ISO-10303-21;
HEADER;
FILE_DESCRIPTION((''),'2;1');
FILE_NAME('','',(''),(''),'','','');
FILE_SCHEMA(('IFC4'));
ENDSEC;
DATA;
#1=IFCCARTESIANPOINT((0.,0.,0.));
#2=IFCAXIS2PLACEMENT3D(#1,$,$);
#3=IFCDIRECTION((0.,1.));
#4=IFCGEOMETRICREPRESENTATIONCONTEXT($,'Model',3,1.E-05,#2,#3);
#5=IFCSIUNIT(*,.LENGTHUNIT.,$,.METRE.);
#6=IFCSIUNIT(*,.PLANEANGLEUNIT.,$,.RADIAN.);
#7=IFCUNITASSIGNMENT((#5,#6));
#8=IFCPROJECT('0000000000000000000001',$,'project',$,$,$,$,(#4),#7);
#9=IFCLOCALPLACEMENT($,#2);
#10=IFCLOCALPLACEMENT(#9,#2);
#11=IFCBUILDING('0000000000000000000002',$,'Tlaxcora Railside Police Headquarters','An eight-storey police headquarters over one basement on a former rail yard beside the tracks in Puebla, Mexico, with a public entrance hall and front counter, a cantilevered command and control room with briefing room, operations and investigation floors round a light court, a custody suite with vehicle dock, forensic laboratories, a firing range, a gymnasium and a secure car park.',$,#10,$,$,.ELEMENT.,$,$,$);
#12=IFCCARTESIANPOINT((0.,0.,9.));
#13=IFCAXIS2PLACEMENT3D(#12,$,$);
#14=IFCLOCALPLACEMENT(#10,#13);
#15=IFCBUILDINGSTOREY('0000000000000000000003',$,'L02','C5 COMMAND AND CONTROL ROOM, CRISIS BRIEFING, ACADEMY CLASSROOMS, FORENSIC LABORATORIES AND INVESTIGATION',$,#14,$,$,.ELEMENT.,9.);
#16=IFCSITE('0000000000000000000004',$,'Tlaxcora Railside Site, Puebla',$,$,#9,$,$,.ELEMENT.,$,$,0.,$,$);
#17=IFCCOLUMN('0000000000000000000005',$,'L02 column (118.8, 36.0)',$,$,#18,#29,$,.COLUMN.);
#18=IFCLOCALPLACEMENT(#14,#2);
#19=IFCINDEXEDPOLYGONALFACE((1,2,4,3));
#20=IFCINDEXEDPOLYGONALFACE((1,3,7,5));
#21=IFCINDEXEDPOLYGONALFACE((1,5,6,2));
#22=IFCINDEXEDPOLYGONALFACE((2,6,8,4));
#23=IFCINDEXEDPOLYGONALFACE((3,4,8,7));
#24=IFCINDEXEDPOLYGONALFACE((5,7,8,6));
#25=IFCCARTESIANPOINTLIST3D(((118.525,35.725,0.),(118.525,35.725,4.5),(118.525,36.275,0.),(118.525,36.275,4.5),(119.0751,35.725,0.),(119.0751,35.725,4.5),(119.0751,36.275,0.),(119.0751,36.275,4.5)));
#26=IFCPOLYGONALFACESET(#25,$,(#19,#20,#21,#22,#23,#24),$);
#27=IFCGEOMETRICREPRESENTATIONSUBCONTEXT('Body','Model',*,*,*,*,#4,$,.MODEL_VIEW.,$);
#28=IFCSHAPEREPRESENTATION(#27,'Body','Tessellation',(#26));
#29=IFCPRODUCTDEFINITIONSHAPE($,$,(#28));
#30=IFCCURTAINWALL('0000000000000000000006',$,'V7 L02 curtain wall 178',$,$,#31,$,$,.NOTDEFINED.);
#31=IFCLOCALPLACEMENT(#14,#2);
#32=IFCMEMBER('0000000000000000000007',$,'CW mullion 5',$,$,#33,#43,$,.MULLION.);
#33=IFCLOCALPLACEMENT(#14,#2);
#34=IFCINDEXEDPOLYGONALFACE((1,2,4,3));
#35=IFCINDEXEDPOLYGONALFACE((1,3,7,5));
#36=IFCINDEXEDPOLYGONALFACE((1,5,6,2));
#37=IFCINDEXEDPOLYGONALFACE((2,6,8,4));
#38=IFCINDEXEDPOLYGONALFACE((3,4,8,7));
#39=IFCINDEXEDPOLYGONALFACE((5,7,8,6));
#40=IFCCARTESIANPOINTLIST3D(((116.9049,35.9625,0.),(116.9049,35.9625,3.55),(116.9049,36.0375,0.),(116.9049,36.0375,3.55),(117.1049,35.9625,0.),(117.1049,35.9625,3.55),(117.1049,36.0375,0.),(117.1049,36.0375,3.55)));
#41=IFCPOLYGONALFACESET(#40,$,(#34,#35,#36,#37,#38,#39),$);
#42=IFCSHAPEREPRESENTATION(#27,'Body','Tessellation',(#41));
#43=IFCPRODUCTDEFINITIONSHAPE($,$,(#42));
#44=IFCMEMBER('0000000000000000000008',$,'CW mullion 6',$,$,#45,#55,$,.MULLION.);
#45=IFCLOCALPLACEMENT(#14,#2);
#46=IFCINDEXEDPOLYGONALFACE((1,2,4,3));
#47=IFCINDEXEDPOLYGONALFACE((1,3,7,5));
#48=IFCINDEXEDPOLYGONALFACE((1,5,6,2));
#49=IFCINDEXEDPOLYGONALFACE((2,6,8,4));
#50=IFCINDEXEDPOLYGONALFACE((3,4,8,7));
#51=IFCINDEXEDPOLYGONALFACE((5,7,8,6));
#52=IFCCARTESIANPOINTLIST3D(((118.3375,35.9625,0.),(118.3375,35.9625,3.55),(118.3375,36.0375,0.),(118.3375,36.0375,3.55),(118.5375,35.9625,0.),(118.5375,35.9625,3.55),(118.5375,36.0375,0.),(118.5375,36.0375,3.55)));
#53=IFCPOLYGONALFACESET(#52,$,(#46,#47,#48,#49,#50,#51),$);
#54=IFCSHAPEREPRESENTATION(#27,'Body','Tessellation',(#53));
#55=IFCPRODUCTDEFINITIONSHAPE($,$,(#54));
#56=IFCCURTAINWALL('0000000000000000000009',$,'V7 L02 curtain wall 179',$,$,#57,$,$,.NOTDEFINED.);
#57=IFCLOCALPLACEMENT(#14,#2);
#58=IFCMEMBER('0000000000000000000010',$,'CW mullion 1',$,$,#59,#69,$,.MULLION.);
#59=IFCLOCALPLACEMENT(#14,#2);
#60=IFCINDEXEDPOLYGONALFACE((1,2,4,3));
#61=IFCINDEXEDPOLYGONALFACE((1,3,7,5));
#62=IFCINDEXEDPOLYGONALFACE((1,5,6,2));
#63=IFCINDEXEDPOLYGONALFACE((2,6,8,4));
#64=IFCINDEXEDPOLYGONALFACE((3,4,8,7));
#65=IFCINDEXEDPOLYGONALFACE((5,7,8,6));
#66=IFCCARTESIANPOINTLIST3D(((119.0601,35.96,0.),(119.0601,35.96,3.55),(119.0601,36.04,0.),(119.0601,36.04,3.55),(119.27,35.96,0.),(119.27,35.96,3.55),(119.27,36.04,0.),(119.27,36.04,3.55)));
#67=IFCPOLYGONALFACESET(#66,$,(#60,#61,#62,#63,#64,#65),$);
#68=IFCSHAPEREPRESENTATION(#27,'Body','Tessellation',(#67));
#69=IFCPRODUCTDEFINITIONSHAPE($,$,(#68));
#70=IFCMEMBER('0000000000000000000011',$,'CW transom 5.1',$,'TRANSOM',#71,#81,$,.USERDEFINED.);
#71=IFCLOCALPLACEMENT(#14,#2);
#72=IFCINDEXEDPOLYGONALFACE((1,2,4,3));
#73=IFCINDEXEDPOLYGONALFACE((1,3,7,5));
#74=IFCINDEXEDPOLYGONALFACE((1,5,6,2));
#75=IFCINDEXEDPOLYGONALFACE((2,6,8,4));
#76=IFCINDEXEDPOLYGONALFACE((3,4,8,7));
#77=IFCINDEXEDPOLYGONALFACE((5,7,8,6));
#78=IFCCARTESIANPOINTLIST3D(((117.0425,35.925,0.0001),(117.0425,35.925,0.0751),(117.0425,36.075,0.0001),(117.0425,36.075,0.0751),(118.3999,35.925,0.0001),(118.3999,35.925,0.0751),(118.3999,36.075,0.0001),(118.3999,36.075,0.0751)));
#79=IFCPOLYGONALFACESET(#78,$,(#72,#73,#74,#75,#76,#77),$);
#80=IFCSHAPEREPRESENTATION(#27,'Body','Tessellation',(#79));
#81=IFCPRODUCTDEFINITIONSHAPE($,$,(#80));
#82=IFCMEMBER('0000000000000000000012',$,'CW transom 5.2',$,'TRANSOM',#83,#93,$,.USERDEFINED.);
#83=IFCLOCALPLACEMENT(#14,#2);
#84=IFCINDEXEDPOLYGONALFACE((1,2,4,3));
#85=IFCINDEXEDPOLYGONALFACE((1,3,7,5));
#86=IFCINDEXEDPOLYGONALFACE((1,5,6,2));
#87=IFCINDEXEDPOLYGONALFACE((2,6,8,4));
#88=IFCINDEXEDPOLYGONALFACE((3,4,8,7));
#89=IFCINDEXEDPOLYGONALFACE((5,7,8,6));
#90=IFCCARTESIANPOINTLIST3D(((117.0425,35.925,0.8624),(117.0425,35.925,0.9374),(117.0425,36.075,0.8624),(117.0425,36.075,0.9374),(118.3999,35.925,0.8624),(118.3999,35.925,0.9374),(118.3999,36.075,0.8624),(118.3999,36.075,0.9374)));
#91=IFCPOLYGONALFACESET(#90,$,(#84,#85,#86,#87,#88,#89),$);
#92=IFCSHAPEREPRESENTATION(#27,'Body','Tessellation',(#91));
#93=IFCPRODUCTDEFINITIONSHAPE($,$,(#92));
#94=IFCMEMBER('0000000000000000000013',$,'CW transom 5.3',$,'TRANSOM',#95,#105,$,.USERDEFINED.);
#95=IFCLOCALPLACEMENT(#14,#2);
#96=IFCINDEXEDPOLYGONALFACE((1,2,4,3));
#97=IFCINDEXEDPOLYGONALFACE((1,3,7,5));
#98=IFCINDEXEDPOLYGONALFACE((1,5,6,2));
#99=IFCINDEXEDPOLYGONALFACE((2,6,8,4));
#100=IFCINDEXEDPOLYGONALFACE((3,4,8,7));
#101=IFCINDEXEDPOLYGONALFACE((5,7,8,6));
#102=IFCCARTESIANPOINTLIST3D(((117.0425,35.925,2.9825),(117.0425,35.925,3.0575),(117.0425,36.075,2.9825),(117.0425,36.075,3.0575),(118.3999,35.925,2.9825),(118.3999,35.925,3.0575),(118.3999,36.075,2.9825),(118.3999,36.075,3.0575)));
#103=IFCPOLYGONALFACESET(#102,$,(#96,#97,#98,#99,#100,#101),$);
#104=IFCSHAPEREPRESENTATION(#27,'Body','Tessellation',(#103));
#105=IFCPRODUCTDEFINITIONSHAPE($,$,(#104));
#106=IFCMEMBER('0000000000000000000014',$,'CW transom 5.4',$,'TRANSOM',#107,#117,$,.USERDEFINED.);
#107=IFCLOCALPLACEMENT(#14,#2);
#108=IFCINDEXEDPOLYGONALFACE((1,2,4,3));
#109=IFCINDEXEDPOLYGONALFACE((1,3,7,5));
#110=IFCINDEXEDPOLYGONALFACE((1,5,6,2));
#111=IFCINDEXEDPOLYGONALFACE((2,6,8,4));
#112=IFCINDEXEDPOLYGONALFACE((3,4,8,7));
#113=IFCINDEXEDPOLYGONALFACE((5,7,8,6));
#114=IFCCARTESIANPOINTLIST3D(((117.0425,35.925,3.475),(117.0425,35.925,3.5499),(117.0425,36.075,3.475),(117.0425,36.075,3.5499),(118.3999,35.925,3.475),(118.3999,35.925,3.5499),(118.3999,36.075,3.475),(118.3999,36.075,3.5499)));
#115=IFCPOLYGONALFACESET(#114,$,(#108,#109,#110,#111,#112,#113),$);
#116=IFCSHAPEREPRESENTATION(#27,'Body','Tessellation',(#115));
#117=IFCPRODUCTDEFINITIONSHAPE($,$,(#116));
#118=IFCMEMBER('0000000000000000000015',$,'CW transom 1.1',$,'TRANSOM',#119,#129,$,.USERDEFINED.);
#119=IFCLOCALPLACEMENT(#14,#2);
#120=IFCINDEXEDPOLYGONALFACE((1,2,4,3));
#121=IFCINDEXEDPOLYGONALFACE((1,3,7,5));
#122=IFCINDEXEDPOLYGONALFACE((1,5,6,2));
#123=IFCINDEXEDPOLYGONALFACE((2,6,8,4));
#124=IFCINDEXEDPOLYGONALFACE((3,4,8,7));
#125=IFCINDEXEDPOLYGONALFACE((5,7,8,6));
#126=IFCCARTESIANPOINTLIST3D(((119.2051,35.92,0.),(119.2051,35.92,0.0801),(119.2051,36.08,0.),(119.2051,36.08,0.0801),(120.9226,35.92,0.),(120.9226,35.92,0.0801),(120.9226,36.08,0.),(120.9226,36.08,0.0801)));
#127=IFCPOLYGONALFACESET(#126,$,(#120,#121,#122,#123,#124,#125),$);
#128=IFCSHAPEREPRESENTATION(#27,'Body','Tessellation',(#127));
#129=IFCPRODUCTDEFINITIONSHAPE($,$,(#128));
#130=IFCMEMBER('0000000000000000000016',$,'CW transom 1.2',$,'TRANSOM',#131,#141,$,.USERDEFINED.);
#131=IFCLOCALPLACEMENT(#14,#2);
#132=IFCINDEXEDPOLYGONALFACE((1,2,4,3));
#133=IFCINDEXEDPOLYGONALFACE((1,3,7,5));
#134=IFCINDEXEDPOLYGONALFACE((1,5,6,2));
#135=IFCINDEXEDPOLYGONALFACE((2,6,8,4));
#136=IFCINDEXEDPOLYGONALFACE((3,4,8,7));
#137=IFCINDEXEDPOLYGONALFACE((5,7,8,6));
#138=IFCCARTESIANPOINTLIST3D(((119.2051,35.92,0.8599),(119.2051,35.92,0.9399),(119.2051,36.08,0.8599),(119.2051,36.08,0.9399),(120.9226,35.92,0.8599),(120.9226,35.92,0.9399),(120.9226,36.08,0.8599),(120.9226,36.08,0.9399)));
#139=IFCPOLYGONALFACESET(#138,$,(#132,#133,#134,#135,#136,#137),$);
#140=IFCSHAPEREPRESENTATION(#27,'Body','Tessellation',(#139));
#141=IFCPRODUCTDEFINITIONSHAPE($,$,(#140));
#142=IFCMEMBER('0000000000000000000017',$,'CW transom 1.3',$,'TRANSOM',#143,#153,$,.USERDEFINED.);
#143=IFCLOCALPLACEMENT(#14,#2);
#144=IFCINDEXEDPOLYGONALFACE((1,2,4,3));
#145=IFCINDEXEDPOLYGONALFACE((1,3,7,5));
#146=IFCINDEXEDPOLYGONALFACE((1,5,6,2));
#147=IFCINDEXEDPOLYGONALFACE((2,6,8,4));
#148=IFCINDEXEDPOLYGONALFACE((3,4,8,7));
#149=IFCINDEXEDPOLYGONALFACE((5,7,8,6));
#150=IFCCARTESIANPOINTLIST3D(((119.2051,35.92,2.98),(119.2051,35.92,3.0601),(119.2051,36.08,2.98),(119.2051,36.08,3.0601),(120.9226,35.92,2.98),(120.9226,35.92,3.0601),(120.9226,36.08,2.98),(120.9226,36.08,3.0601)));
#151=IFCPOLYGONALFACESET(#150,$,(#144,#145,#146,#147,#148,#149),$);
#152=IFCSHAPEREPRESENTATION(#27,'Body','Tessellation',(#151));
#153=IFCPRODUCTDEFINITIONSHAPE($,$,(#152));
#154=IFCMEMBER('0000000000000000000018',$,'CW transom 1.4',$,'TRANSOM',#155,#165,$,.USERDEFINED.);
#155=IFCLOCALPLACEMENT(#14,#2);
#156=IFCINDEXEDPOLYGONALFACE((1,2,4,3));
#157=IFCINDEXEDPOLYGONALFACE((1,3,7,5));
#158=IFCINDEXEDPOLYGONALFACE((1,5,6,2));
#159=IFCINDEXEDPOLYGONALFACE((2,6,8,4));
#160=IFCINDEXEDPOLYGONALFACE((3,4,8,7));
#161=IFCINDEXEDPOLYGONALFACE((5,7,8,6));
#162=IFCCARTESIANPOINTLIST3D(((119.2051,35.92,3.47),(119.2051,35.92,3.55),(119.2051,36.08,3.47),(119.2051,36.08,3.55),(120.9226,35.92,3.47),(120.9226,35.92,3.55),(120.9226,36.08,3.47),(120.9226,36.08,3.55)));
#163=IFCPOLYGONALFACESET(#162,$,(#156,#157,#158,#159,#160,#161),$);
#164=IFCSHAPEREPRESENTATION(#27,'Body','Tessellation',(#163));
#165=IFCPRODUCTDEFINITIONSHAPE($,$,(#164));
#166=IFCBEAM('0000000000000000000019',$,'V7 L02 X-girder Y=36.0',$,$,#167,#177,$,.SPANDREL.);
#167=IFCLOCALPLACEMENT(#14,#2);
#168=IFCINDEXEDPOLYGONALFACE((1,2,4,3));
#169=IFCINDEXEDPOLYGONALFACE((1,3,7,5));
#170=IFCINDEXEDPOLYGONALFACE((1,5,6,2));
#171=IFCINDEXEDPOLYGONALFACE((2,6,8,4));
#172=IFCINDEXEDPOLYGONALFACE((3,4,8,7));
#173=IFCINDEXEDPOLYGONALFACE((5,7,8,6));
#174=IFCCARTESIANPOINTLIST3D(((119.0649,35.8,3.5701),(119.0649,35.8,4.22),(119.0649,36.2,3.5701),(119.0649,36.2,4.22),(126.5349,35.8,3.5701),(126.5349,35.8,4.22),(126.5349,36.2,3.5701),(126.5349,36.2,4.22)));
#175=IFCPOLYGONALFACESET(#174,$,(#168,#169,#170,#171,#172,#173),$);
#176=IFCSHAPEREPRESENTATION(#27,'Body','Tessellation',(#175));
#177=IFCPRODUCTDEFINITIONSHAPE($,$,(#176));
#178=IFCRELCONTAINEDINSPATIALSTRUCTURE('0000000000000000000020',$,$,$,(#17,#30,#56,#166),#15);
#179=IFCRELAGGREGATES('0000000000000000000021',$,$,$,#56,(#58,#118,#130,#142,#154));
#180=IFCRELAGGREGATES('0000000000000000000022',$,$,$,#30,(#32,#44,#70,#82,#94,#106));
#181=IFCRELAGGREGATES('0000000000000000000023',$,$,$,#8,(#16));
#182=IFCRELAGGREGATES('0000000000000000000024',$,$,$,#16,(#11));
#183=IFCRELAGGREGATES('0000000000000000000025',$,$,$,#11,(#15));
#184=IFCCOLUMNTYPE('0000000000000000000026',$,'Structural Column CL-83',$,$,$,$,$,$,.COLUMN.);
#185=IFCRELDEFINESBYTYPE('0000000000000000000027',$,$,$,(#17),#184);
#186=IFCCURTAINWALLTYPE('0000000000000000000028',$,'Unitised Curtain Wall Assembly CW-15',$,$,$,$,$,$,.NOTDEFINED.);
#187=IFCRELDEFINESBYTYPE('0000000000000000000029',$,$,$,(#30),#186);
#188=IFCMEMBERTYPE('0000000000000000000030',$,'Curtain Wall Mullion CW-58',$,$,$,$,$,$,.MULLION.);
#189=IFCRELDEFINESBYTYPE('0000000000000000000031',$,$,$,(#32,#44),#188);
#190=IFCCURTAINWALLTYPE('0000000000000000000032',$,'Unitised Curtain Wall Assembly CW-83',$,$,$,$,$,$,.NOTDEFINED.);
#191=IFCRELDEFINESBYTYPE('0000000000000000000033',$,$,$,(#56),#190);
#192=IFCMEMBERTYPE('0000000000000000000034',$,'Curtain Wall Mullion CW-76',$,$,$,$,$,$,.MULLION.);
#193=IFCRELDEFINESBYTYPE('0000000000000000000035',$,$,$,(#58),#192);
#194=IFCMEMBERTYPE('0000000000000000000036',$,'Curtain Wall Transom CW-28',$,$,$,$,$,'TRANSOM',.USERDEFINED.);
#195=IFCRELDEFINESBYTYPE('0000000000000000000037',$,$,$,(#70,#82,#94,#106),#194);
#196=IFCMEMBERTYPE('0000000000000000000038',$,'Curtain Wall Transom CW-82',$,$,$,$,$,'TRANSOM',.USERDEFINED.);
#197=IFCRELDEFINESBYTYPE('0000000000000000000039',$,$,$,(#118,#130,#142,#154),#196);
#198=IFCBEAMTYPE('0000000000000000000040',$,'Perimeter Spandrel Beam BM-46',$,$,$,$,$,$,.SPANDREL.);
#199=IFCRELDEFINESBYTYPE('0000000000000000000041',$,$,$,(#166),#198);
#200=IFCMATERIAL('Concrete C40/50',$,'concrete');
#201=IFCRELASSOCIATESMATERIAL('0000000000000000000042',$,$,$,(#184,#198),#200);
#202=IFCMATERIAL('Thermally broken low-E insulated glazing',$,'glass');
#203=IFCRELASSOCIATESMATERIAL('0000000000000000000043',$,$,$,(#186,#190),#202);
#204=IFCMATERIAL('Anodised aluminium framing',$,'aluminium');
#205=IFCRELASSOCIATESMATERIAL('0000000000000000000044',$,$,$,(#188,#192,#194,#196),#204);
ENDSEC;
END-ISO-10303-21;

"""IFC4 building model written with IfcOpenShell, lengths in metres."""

from ifc_helpers import new_model, si_unit, direction, frame, origin, origin_2d, place, context, subcontext, project, spatial, rectangle, extrude, material, material_profile, profile_set, type_object, element, aggregate, save


model = new_model("IFC4")

# Units and contexts
model_context = context("Model", 3, precision=1e-05, world=origin(), true_north=direction((0.0, 1.0)))
body_context = subcontext(model_context, "Body", "Model", "MODEL_VIEW")
ifc_project = project(units=[si_unit("LENGTHUNIT", "METRE"), si_unit("PLANEANGLEUNIT", "RADIAN")], contexts=[model_context])

# Site, building, storey
site_placement = place(None, origin())
site = spatial("IfcSite", under=ifc_project, at=site_placement, Name="Tlaxcora Railside Site, Puebla", CompositionType="ELEMENT", RefElevation=0.0)
building_placement = place(site_placement, origin())
building = spatial("IfcBuilding", under=site, at=building_placement, Name="Tlaxcora Railside Police Headquarters", Description="An eight-storey police headquarters over one basement on a former rail yard beside the tracks in Puebla, Mexico, with a public entrance hall and front counter, a cantilevered command and control room with briefing room, operations and investigation floors round a light court, a custody suite with vehicle dock, forensic laboratories, a firing range, a gymnasium and a secure car park.", CompositionType="ELEMENT")
storey_placement = place(building_placement, frame((0.0, 0.0, 9.0)))
storey = spatial("IfcBuildingStorey", under=building, at=storey_placement, Name="L02", Description="C5 COMMAND AND CONTROL ROOM, CRISIS BRIEFING, ACADEMY CLASSROOMS, FORENSIC LABORATORIES AND INVESTIGATION", CompositionType="ELEMENT", Elevation=9.0)

# Column
ifc_material_1 = material(Name="Concrete C40/50", Category="concrete")
ifc_material_profile_1 = material_profile(ifc_material_1, rectangle(XDim=0.55, YDim=0.55, at=origin_2d()), Name="RC550X550")
ifc_profile_set_1 = profile_set([ifc_material_profile_1], Name="Concrete C40/50")
column_type = type_object("IfcColumnType", Name="Structural Column CL-83", PredefinedType="COLUMN", material=ifc_profile_set_1)
column_placement = place(storey_placement, frame((118.8, 36.0, 0.0), z_axis=(0.0, 0.0, 1.0), x_axis=(1.0, 0.0, 0.0)))
element("IfcColumn", 1, at=column_placement, inside=storey, type_object=column_type, Name="L02 column (118.8, 36.0)", PredefinedType="COLUMN", context=body_context, shape_type="SweptSolid", body=[
    extrude(rectangle(XDim=0.55, YDim=0.55, at=origin_2d()), origin(), (0.0, 0.0, 1.0), 4.5),
])

# Curtain wall, members
ifc_material_2 = material(Name="Thermally broken low-E insulated glazing", Category="glass")
curtain_wall_type_1 = type_object("IfcCurtainWallType", Name="Unitised Curtain Wall Assembly CW-15", PredefinedType="NOTDEFINED", material=ifc_material_2)
curtain_wall_1_placement = place(storey_placement, origin())
curtain_wall_1 = element("IfcCurtainWall", 2, at=curtain_wall_1_placement, inside=storey, type_object=curtain_wall_type_1, Name="V7 L02 curtain wall 178", PredefinedType="NOTDEFINED")
ifc_material_3 = material(Name="Anodised aluminium framing", Category="aluminium")
ifc_material_profile_2 = material_profile(ifc_material_3, rectangle(XDim=0.075, YDim=0.2, at=origin_2d()), Name="AL75X200")
ifc_profile_set_2 = profile_set([ifc_material_profile_2], Name="Anodised aluminium framing")
member_type_1 = type_object("IfcMemberType", Name="Curtain Wall Mullion CW-58", PredefinedType="MULLION", material=ifc_profile_set_2)
member_1_placement = place(storey_placement, frame((117.0049, 36.0, 0.0), z_axis=(0.0, 0.0, 1.0), x_axis=(0.0, 1.0, 0.0)))
member_1 = element("IfcMember", 3, at=member_1_placement, type_object=member_type_1, Name="CW mullion 5", PredefinedType="MULLION", context=body_context, shape_type="SweptSolid", body=[
    extrude(rectangle(XDim=0.075, YDim=0.2, at=origin_2d()), origin(), (0.0, 0.0, 1.0), 3.55),
])
member_2_placement = place(storey_placement, frame((118.4375, 36.0, 0.0), z_axis=(0.0, 0.0, 1.0), x_axis=(0.0, 1.0, 0.0)))
member_2 = element("IfcMember", 4, at=member_2_placement, type_object=member_type_1, Name="CW mullion 6", PredefinedType="MULLION", context=body_context, shape_type="SweptSolid", body=[
    extrude(rectangle(XDim=0.075, YDim=0.2, at=origin_2d()), origin(), (0.0, 0.0, 1.0), 3.55),
])

# Curtain wall, member
curtain_wall_type_2 = type_object("IfcCurtainWallType", Name="Unitised Curtain Wall Assembly CW-83", PredefinedType="NOTDEFINED", material=ifc_material_2)
curtain_wall_2_placement = place(storey_placement, origin())
curtain_wall_2 = element("IfcCurtainWall", 5, at=curtain_wall_2_placement, inside=storey, type_object=curtain_wall_type_2, Name="V7 L02 curtain wall 179", PredefinedType="NOTDEFINED")
ifc_material_profile_3 = material_profile(ifc_material_3, rectangle(XDim=0.0801, YDim=0.21, at=origin_2d()), Name="AL80X210")
ifc_profile_set_3 = profile_set([ifc_material_profile_3], Name="Anodised aluminium framing")
member_type_2 = type_object("IfcMemberType", Name="Curtain Wall Mullion CW-76", PredefinedType="MULLION", material=ifc_profile_set_3)
member_3_placement = place(storey_placement, frame((119.165, 36.0, 0.0), z_axis=(0.0, 0.0, 1.0), x_axis=(0.0, 1.0, 0.0)))
member_3 = element("IfcMember", 6, at=member_3_placement, type_object=member_type_2, Name="CW mullion 1", PredefinedType="MULLION", context=body_context, shape_type="SweptSolid", body=[
    extrude(rectangle(XDim=0.0801, YDim=0.21, at=origin_2d()), origin(), (0.0, 0.0, 1.0), 3.55),
])

# Members
ifc_material_profile_4 = material_profile(ifc_material_3, rectangle(XDim=0.1499, YDim=0.075, at=origin_2d()), Name="AL75X150")
ifc_profile_set_4 = profile_set([ifc_material_profile_4], Name="Anodised aluminium framing")
member_type_3 = type_object("IfcMemberType", Name="Curtain Wall Transom CW-28", ElementType="TRANSOM", PredefinedType="USERDEFINED", material=ifc_profile_set_4)
member_4_placement = place(storey_placement, frame((117.0425, 36.0, 0.0376), z_axis=(1.0, 0.0, 0.0), x_axis=(0.0, 1.0, 0.0)))
member_4 = element("IfcMember", 7, at=member_4_placement, type_object=member_type_3, Name="CW transom 5.1", ObjectType="TRANSOM", PredefinedType="USERDEFINED", context=body_context, shape_type="SweptSolid", body=[
    extrude(rectangle(XDim=0.1499, YDim=0.075, at=origin_2d()), origin(), (0.0, 0.0, 1.0), 1.3574),
])
member_5_placement = place(storey_placement, frame((117.0425, 36.0, 0.8999), z_axis=(1.0, 0.0, 0.0), x_axis=(0.0, 1.0, 0.0)))
member_5 = element("IfcMember", 8, at=member_5_placement, type_object=member_type_3, Name="CW transom 5.2", ObjectType="TRANSOM", PredefinedType="USERDEFINED", context=body_context, shape_type="SweptSolid", body=[
    extrude(rectangle(XDim=0.1499, YDim=0.075, at=origin_2d()), origin(), (0.0, 0.0, 1.0), 1.3574),
])
member_6_placement = place(storey_placement, frame((117.0425, 36.0, 3.02), z_axis=(1.0, 0.0, 0.0), x_axis=(0.0, 1.0, 0.0)))
member_6 = element("IfcMember", 9, at=member_6_placement, type_object=member_type_3, Name="CW transom 5.3", ObjectType="TRANSOM", PredefinedType="USERDEFINED", context=body_context, shape_type="SweptSolid", body=[
    extrude(rectangle(XDim=0.1499, YDim=0.075, at=origin_2d()), origin(), (0.0, 0.0, 1.0), 1.3574),
])
member_7_placement = place(storey_placement, frame((117.0425, 36.0, 3.5125), z_axis=(1.0, 0.0, 0.0), x_axis=(0.0, 1.0, 0.0)))
member_7 = element("IfcMember", 10, at=member_7_placement, type_object=member_type_3, Name="CW transom 5.4", ObjectType="TRANSOM", PredefinedType="USERDEFINED", context=body_context, shape_type="SweptSolid", body=[
    extrude(rectangle(XDim=0.1499, YDim=0.075, at=origin_2d()), origin(), (0.0, 0.0, 1.0), 1.3574),
])
ifc_material_profile_5 = material_profile(ifc_material_3, rectangle(XDim=0.1599, YDim=0.0801, at=origin_2d()), Name="AL80X160")
ifc_profile_set_5 = profile_set([ifc_material_profile_5], Name="Anodised aluminium framing")
member_type_4 = type_object("IfcMemberType", Name="Curtain Wall Transom CW-82", ElementType="TRANSOM", PredefinedType="USERDEFINED", material=ifc_profile_set_5)
member_8_placement = place(storey_placement, frame((119.2051, 36.0, 0.04), z_axis=(1.0, 0.0, 0.0), x_axis=(0.0, 1.0, 0.0)))
member_8 = element("IfcMember", 11, at=member_8_placement, type_object=member_type_4, Name="CW transom 1.1", ObjectType="TRANSOM", PredefinedType="USERDEFINED", context=body_context, shape_type="SweptSolid", body=[
    extrude(rectangle(XDim=0.1599, YDim=0.0801, at=origin_2d()), origin(), (0.0, 0.0, 1.0), 1.7175),
])
member_9_placement = place(storey_placement, frame((119.2051, 36.0, 0.8999), z_axis=(1.0, 0.0, 0.0), x_axis=(0.0, 1.0, 0.0)))
member_9 = element("IfcMember", 12, at=member_9_placement, type_object=member_type_4, Name="CW transom 1.2", ObjectType="TRANSOM", PredefinedType="USERDEFINED", context=body_context, shape_type="SweptSolid", body=[
    extrude(rectangle(XDim=0.1599, YDim=0.0801, at=origin_2d()), origin(), (0.0, 0.0, 1.0), 1.7175),
])
member_10_placement = place(storey_placement, frame((119.2051, 36.0, 3.02), z_axis=(1.0, 0.0, 0.0), x_axis=(0.0, 1.0, 0.0)))
member_10 = element("IfcMember", 13, at=member_10_placement, type_object=member_type_4, Name="CW transom 1.3", ObjectType="TRANSOM", PredefinedType="USERDEFINED", context=body_context, shape_type="SweptSolid", body=[
    extrude(rectangle(XDim=0.1599, YDim=0.0801, at=origin_2d()), origin(), (0.0, 0.0, 1.0), 1.7175),
])
member_11_placement = place(storey_placement, frame((119.2051, 36.0, 3.51), z_axis=(1.0, 0.0, 0.0), x_axis=(0.0, 1.0, 0.0)))
member_11 = element("IfcMember", 14, at=member_11_placement, type_object=member_type_4, Name="CW transom 1.4", ObjectType="TRANSOM", PredefinedType="USERDEFINED", context=body_context, shape_type="SweptSolid", body=[
    extrude(rectangle(XDim=0.1599, YDim=0.0801, at=origin_2d()), origin(), (0.0, 0.0, 1.0), 1.7175),
])
aggregate(curtain_wall_2, [member_3, member_8, member_9, member_10, member_11])

# Beam
ifc_material_profile_6 = material_profile(ifc_material_1, rectangle(XDim=0.3999, YDim=0.6499, at=origin_2d()), Name="RC400X650")
ifc_profile_set_6 = profile_set([ifc_material_profile_6], Name="Concrete C40/50")
beam_type = type_object("IfcBeamType", Name="Perimeter Spandrel Beam BM-46", PredefinedType="SPANDREL", material=ifc_profile_set_6)
beam_placement = place(storey_placement, frame((119.0649, 36.0, 3.895), z_axis=(1.0, 0.0, 0.0), x_axis=(0.0, 1.0, 0.0)))
element("IfcBeam", 15, at=beam_placement, inside=storey, type_object=beam_type, Name="V7 L02 X-girder Y=36.0", PredefinedType="SPANDREL", context=body_context, shape_type="SweptSolid", body=[
    extrude(rectangle(XDim=0.3999, YDim=0.6499, at=origin_2d()), origin(), (0.0, 0.0, 1.0), 7.47),
])

aggregate(curtain_wall_1, [member_1, member_2, member_4, member_5, member_6, member_7])

save(model, "model.ifc")
